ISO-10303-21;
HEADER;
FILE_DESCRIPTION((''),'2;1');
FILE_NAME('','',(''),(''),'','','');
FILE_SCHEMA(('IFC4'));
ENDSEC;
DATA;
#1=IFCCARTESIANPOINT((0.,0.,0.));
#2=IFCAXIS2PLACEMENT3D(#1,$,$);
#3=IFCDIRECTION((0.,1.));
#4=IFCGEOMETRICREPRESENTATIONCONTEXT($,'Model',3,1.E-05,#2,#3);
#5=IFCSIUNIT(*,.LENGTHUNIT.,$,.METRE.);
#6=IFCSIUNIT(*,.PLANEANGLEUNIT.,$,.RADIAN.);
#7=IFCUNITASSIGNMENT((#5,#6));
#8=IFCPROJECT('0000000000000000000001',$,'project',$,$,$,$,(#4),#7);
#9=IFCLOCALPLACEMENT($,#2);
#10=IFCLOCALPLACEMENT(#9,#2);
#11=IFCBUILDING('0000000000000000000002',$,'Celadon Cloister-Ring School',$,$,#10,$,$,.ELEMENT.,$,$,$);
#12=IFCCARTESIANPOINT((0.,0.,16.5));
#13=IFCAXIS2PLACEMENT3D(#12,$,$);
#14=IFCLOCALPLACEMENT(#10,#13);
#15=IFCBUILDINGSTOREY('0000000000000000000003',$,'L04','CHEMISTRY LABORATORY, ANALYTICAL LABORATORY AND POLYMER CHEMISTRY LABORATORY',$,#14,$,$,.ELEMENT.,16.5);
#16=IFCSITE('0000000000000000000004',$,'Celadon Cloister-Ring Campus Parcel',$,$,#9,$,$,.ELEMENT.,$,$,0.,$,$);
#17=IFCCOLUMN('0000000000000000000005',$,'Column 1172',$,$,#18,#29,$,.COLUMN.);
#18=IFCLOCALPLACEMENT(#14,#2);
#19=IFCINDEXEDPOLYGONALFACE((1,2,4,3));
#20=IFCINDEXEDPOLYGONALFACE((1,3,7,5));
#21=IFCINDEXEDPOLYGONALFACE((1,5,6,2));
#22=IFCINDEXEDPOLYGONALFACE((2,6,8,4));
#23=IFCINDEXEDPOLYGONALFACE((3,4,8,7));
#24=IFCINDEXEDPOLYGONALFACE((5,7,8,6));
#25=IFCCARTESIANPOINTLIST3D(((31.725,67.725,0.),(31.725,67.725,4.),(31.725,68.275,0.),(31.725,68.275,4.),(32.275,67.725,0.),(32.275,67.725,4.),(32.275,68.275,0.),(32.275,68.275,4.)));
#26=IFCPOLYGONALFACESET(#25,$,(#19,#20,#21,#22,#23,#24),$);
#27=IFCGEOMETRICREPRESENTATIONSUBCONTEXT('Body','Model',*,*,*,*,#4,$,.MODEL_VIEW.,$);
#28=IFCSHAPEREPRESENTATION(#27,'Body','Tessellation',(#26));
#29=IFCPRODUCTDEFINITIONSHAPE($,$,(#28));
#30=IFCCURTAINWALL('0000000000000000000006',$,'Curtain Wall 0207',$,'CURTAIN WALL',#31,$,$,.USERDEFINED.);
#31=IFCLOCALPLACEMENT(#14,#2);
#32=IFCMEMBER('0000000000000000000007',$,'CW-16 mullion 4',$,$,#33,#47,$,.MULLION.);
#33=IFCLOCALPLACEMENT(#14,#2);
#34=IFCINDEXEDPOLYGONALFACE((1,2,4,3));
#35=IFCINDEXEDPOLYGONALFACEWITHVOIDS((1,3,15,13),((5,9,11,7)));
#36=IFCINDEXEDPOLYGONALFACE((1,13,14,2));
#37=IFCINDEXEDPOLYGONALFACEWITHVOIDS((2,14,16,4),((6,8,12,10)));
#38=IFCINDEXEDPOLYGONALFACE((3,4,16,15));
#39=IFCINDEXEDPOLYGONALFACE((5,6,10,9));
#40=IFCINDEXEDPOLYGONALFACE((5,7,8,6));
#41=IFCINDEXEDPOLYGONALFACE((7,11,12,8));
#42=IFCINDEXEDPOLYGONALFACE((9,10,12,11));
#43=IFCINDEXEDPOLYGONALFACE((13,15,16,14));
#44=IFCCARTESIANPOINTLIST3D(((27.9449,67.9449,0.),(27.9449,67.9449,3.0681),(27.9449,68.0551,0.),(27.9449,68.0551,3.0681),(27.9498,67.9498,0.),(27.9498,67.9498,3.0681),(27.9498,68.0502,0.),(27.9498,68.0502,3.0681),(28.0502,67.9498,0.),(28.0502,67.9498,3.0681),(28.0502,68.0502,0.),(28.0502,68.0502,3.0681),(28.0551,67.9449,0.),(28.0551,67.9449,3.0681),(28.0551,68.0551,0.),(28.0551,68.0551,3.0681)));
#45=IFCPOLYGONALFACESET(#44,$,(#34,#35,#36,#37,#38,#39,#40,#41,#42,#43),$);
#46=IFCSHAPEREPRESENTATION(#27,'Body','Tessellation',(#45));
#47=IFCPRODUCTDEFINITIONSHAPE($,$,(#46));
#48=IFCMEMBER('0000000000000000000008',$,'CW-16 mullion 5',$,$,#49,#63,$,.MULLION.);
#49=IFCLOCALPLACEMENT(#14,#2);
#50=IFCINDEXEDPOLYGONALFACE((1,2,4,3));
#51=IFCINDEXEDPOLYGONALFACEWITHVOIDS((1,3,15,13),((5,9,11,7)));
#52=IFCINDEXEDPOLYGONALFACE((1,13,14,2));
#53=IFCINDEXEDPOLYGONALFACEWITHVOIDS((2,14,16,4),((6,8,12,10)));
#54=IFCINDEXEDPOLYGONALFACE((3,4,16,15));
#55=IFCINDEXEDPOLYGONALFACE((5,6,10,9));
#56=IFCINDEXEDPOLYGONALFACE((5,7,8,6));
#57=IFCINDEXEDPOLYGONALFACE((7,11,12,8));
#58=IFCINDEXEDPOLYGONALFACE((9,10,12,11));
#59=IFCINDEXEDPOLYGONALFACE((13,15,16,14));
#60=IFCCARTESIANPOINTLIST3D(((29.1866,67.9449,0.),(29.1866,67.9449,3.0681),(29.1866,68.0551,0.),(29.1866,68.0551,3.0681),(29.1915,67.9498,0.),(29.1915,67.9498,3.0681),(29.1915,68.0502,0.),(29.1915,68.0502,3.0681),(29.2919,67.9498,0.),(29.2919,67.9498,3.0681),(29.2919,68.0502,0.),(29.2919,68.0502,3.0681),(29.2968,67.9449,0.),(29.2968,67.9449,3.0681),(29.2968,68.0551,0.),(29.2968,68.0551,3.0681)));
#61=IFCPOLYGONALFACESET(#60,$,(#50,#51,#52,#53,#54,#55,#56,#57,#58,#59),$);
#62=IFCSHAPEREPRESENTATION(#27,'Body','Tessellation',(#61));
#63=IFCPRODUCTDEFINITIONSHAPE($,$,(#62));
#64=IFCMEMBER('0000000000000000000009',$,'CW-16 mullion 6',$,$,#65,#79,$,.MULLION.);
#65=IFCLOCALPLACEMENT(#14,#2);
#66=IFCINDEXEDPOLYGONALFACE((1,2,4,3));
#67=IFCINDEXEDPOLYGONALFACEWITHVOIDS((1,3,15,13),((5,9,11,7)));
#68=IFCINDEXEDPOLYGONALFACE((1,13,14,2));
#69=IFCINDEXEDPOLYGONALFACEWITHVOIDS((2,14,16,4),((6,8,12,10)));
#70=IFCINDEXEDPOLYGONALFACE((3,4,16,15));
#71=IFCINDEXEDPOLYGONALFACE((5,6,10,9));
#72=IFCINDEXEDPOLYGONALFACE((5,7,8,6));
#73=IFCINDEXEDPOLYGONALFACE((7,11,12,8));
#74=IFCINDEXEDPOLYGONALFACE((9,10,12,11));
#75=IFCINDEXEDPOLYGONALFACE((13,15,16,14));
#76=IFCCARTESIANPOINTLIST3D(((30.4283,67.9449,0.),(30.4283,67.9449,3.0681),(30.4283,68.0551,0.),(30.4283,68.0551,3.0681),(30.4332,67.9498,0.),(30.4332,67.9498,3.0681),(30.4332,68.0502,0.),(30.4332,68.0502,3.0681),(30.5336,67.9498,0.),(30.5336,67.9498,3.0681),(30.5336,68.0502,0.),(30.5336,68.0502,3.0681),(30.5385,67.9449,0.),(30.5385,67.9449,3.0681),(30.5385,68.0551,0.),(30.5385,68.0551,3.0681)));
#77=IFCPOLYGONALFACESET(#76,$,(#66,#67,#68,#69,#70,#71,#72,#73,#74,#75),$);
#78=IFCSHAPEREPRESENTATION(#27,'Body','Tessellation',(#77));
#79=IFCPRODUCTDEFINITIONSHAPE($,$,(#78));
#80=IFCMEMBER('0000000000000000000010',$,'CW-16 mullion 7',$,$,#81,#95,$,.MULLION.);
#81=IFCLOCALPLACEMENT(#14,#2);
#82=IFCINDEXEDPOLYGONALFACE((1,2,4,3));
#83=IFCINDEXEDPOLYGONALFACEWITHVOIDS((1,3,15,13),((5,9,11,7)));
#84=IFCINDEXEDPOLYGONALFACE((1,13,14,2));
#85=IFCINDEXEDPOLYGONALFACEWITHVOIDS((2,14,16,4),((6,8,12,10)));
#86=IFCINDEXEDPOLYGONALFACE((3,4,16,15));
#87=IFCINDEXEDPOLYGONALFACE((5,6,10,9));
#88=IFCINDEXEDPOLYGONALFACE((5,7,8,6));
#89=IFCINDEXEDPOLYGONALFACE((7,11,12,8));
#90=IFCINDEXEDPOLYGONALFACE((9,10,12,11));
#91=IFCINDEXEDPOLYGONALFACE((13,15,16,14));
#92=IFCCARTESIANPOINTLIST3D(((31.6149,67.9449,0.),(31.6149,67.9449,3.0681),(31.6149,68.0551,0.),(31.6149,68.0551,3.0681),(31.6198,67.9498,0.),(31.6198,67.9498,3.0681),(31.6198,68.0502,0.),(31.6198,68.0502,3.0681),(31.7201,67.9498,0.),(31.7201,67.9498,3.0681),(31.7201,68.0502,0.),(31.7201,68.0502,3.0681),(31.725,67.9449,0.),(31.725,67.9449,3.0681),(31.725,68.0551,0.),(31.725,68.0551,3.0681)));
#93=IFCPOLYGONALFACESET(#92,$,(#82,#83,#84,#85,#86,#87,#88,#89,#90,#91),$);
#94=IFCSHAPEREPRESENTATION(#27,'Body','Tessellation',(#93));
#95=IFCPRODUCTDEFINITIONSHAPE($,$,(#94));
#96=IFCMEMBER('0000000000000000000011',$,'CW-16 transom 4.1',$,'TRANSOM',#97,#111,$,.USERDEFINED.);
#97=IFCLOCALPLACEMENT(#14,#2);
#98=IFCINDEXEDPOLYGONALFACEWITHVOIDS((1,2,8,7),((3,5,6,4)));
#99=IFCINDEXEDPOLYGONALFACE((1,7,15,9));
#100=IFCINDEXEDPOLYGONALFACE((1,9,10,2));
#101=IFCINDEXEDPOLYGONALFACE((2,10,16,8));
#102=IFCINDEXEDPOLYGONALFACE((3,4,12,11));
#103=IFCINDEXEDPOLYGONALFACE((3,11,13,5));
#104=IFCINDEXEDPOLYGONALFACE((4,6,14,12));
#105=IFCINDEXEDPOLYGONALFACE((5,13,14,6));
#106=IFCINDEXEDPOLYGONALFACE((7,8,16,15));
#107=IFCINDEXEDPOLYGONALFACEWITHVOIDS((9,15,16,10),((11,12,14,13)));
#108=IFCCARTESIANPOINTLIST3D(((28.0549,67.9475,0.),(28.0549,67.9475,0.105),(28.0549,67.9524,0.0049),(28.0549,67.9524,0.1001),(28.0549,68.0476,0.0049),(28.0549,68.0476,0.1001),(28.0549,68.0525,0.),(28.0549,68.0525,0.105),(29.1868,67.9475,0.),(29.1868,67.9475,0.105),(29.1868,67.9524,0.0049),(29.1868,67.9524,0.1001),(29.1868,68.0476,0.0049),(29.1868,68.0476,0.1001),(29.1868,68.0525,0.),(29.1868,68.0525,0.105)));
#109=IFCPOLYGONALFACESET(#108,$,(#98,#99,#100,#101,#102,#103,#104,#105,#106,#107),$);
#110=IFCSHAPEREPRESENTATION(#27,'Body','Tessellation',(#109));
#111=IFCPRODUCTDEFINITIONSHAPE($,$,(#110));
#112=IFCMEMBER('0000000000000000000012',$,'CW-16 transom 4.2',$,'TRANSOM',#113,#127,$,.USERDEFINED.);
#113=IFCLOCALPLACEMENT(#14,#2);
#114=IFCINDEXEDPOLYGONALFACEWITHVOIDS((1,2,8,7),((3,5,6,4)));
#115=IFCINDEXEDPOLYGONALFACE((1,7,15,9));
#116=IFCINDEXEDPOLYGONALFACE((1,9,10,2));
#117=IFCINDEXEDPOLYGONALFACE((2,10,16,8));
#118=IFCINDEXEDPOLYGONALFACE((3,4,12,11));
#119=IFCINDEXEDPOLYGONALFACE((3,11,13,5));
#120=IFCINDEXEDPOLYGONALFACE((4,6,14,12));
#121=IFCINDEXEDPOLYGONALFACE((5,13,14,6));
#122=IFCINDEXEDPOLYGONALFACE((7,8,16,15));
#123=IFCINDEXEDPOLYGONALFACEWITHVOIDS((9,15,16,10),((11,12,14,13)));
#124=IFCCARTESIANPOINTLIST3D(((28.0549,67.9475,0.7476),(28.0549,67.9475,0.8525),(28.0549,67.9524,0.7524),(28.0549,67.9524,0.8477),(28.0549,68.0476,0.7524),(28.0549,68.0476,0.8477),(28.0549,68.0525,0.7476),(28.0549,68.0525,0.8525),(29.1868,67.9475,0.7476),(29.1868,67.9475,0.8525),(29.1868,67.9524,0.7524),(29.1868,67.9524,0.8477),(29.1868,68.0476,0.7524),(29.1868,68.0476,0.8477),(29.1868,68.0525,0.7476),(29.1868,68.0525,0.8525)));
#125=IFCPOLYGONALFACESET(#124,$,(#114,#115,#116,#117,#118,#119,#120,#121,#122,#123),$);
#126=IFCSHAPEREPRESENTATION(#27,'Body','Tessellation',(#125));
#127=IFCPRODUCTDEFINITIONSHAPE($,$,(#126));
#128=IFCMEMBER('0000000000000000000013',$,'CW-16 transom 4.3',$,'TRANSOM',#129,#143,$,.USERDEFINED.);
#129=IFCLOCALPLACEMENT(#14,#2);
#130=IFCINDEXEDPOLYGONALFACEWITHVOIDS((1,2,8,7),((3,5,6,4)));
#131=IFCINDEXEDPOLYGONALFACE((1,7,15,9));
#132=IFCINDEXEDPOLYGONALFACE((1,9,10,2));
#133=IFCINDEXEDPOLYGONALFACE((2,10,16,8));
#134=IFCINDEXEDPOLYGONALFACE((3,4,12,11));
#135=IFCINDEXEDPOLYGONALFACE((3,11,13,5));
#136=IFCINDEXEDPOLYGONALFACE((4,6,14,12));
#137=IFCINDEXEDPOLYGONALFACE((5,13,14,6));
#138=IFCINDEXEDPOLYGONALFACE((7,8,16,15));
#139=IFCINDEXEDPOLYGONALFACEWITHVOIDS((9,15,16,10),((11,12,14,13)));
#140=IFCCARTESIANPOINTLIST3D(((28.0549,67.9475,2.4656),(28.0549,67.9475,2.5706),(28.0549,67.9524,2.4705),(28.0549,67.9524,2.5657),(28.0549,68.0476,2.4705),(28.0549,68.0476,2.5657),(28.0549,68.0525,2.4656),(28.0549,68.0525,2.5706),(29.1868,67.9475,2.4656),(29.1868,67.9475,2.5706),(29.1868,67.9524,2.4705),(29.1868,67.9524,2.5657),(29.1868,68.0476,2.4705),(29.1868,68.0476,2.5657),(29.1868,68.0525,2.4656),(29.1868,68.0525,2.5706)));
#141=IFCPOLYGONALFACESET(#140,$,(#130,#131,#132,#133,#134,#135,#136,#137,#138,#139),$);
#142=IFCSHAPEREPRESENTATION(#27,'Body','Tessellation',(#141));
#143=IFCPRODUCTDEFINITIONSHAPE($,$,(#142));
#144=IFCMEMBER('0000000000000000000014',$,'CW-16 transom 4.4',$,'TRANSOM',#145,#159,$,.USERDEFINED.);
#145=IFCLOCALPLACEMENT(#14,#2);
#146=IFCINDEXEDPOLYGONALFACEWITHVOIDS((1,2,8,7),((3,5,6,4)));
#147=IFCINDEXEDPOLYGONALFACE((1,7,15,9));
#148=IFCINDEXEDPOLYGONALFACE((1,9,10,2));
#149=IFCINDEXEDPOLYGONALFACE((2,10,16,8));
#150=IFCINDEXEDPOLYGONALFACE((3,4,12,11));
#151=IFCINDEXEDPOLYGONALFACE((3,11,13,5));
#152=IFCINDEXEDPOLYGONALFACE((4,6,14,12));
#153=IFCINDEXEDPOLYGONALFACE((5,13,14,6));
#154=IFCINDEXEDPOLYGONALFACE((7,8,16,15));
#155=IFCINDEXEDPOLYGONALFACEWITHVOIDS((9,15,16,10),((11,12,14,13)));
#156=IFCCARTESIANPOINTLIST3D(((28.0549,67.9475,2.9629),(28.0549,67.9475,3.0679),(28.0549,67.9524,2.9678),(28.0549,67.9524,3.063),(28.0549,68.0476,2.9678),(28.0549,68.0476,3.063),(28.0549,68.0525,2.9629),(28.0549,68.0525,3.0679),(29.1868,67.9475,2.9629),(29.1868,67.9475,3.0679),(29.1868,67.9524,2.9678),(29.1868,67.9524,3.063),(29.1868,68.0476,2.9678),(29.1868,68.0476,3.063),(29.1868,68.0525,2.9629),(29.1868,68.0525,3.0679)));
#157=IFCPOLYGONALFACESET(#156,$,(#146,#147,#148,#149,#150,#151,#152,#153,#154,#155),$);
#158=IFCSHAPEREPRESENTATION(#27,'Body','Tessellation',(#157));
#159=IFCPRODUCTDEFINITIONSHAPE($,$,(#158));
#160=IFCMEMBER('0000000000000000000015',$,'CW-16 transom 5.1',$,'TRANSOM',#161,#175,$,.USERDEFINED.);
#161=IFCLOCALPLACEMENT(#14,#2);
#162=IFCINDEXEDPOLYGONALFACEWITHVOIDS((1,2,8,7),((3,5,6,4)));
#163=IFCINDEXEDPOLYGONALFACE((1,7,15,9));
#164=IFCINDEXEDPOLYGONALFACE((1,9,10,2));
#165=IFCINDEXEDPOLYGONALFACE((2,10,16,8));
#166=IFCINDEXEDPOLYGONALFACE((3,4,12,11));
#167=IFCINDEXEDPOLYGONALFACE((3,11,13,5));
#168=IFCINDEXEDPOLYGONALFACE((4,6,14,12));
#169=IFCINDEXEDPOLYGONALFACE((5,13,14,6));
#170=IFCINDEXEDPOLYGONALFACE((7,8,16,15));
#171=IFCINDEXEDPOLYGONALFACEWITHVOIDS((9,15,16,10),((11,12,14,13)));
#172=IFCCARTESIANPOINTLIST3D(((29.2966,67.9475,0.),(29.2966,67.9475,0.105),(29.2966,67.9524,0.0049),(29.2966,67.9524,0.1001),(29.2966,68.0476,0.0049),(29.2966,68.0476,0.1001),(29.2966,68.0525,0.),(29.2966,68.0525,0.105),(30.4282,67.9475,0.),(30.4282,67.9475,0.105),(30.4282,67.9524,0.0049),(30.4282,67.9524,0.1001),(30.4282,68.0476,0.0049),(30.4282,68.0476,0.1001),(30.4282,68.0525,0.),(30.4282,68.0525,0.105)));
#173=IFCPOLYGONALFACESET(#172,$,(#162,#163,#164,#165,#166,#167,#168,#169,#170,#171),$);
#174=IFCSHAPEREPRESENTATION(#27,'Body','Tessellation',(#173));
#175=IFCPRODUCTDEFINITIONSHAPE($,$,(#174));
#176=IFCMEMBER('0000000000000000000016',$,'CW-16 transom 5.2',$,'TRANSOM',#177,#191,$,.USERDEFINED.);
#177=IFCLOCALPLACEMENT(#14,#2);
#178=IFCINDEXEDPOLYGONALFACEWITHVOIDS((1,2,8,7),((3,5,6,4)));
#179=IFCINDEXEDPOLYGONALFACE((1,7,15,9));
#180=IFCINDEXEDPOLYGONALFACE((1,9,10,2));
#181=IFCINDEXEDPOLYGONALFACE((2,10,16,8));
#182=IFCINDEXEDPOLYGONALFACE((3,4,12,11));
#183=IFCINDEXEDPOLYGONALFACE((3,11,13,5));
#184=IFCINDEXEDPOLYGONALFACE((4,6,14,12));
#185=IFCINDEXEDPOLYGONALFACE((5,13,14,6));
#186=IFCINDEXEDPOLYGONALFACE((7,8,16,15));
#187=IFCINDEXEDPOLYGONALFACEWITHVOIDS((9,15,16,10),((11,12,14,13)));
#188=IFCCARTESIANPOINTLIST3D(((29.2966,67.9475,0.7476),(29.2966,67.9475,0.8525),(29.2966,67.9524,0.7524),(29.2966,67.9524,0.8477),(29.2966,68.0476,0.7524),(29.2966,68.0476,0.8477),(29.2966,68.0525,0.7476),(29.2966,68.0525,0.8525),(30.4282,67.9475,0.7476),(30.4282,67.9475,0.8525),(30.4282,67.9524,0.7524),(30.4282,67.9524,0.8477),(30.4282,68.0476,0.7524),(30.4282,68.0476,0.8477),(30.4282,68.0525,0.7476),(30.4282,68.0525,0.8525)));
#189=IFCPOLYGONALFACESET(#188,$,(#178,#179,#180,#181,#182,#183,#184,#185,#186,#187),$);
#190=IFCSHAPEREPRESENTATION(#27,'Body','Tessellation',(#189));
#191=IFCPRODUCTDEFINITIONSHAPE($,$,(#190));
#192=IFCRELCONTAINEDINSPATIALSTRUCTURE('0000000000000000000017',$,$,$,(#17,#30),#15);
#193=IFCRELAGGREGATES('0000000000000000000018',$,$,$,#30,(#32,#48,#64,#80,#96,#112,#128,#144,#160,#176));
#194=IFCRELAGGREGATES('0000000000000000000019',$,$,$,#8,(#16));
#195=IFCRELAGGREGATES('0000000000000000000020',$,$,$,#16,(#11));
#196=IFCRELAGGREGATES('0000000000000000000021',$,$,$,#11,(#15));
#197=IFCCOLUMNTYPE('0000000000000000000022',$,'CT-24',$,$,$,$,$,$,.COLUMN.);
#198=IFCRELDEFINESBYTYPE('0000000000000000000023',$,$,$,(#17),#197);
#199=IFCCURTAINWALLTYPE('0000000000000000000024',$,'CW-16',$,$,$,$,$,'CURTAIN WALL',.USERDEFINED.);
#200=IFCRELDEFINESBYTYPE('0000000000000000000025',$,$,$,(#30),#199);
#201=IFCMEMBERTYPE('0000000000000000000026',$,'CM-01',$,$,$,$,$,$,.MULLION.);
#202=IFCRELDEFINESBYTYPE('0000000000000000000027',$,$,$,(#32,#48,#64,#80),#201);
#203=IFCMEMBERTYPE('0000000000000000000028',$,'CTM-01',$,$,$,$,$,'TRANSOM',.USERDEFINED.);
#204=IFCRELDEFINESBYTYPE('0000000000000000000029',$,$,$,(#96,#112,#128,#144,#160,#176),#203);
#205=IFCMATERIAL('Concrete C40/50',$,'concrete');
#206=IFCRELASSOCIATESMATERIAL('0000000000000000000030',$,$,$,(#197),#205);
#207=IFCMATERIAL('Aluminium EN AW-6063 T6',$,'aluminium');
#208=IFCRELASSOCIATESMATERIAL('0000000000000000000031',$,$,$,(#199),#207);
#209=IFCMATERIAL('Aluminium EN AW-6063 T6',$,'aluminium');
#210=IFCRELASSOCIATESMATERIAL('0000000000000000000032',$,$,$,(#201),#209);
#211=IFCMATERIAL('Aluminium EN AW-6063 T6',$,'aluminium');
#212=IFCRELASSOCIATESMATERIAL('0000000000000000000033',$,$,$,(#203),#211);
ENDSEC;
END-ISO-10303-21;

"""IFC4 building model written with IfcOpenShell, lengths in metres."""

from ifc_helpers import new_model, si_unit, direction, frame, origin, origin_2d, place, context, subcontext, project, spatial, rectangle, hollow_rectangle, extrude, material, material_profile, profile_set, type_object, element, aggregate, save


model = new_model("IFC4")

# Units and contexts
model_context = context("Model", 3, precision=1e-05, world=origin(), true_north=direction((0.0, 1.0)))
body_context = subcontext(model_context, "Body", "Model", "MODEL_VIEW")
ifc_project = project(units=[si_unit("LENGTHUNIT", "METRE"), si_unit("PLANEANGLEUNIT", "RADIAN")], contexts=[model_context])

# Site, building, storey
site_placement = place(None, origin())
site = spatial("IfcSite", under=ifc_project, at=site_placement, Name="Celadon Cloister-Ring Campus Parcel", CompositionType="ELEMENT", RefElevation=0.0)
building_placement = place(site_placement, origin())
building = spatial("IfcBuilding", under=site, at=building_placement, Name="Celadon Cloister-Ring School", CompositionType="ELEMENT")
storey_placement = place(building_placement, frame((0.0, 0.0, 16.5)))
storey = spatial("IfcBuildingStorey", under=building, at=storey_placement, Name="L04", Description="CHEMISTRY LABORATORY, ANALYTICAL LABORATORY AND POLYMER CHEMISTRY LABORATORY", CompositionType="ELEMENT", Elevation=16.5)

# Column
ifc_material_1 = material(Name="Concrete C40/50", Category="concrete")
ifc_material_profile_1 = material_profile(ifc_material_1, rectangle(XDim=0.55, YDim=0.55, at=origin_2d()), Name="RC550X550")
ifc_profile_set_1 = profile_set([ifc_material_profile_1], Name="Concrete C40/50")
column_type = type_object("IfcColumnType", Name="CT-24", PredefinedType="COLUMN", material=ifc_profile_set_1)
column_placement = place(storey_placement, frame((32.0, 68.0, 0.0), z_axis=(0.0, 0.0, 1.0), x_axis=(1.0, 0.0, 0.0)))
element("IfcColumn", 1, at=column_placement, inside=storey, type_object=column_type, Name="Column 1172", PredefinedType="COLUMN", context=body_context, shape_type="SweptSolid", body=[
    extrude(rectangle(XDim=0.55, YDim=0.55, at=origin_2d()), origin(), (0.0, 0.0, 1.0), 4.0),
])

# Curtain wall, members
ifc_material_2 = material(Name="Aluminium EN AW-6063 T6", Category="aluminium")
curtain_wall_type = type_object("IfcCurtainWallType", Name="CW-16", ElementType="CURTAIN WALL", PredefinedType="USERDEFINED", material=ifc_material_2)
curtain_wall_placement = place(storey_placement, origin())
curtain_wall = element("IfcCurtainWall", 2, at=curtain_wall_placement, inside=storey, type_object=curtain_wall_type, Name="Curtain Wall 0207", ObjectType="CURTAIN WALL", PredefinedType="USERDEFINED")
ifc_material_3 = material(Name="Aluminium EN AW-6063 T6", Category="aluminium")
ifc_material_profile_2 = material_profile(ifc_material_3, hollow_rectangle(XDim=0.1101, YDim=0.1101, WallThickness=0.0049, at=origin_2d()), Name="RHS110X110X5")
ifc_profile_set_2 = profile_set([ifc_material_profile_2], Name="Aluminium EN AW-6063 T6")
member_type_1 = type_object("IfcMemberType", Name="CM-01", PredefinedType="MULLION", material=ifc_profile_set_2)
member_1_placement = place(storey_placement, frame((28.0, 68.0, 0.0), z_axis=(0.0, 0.0, 1.0), x_axis=(0.0, 1.0, 0.0)))
member_1 = element("IfcMember", 3, at=member_1_placement, type_object=member_type_1, Name="CW-16 mullion 4", PredefinedType="MULLION", context=body_context, shape_type="SweptSolid", body=[
    extrude(hollow_rectangle(XDim=0.1101, YDim=0.1101, WallThickness=0.0049, at=origin_2d()), origin(), (0.0, 0.0, 1.0), 3.0681),
])
member_2_placement = place(storey_placement, frame((29.2417, 68.0, 0.0), z_axis=(0.0, 0.0, 1.0), x_axis=(0.0, 1.0, 0.0)))
member_2 = element("IfcMember", 4, at=member_2_placement, type_object=member_type_1, Name="CW-16 mullion 5", PredefinedType="MULLION", context=body_context, shape_type="SweptSolid", body=[
    extrude(hollow_rectangle(XDim=0.1101, YDim=0.1101, WallThickness=0.0049, at=origin_2d()), origin(), (0.0, 0.0, 1.0), 3.0681),
])
member_3_placement = place(storey_placement, frame((30.4834, 68.0, 0.0), z_axis=(0.0, 0.0, 1.0), x_axis=(0.0, 1.0, 0.0)))
member_3 = element("IfcMember", 5, at=member_3_placement, type_object=member_type_1, Name="CW-16 mullion 6", PredefinedType="MULLION", context=body_context, shape_type="SweptSolid", body=[
    extrude(hollow_rectangle(XDim=0.1101, YDim=0.1101, WallThickness=0.0049, at=origin_2d()), origin(), (0.0, 0.0, 1.0), 3.0681),
])
member_4_placement = place(storey_placement, frame((31.6699, 68.0, 0.0), z_axis=(0.0, 0.0, 1.0), x_axis=(0.0, 1.0, 0.0)))
member_4 = element("IfcMember", 6, at=member_4_placement, type_object=member_type_1, Name="CW-16 mullion 7", PredefinedType="MULLION", context=body_context, shape_type="SweptSolid", body=[
    extrude(hollow_rectangle(XDim=0.1101, YDim=0.1101, WallThickness=0.0049, at=origin_2d()), origin(), (0.0, 0.0, 1.0), 3.0681),
])
ifc_material_4 = material(Name="Aluminium EN AW-6063 T6", Category="aluminium")
ifc_material_profile_3 = material_profile(ifc_material_4, hollow_rectangle(XDim=0.105, YDim=0.105, WallThickness=0.0049, at=origin_2d()), Name="RHS105X105X5")
ifc_profile_set_3 = profile_set([ifc_material_profile_3], Name="Aluminium EN AW-6063 T6")
member_type_2 = type_object("IfcMemberType", Name="CTM-01", ElementType="TRANSOM", PredefinedType="USERDEFINED", material=ifc_profile_set_3)
member_5_placement = place(storey_placement, frame((28.0549, 68.0, 0.0525), z_axis=(1.0, 0.0, 0.0), x_axis=(0.0, 1.0, 0.0)))
member_5 = element("IfcMember", 7, at=member_5_placement, type_object=member_type_2, Name="CW-16 transom 4.1", ObjectType="TRANSOM", PredefinedType="USERDEFINED", context=body_context, shape_type="SweptSolid", body=[
    extrude(hollow_rectangle(XDim=0.105, YDim=0.105, WallThickness=0.0049, at=origin_2d()), origin(), (0.0, 0.0, 1.0), 1.1318),
])
member_6_placement = place(storey_placement, frame((28.0549, 68.0, 0.8), z_axis=(1.0, 0.0, 0.0), x_axis=(0.0, 1.0, 0.0)))
member_6 = element("IfcMember", 8, at=member_6_placement, type_object=member_type_2, Name="CW-16 transom 4.2", ObjectType="TRANSOM", PredefinedType="USERDEFINED", context=body_context, shape_type="SweptSolid", body=[
    extrude(hollow_rectangle(XDim=0.105, YDim=0.105, WallThickness=0.0049, at=origin_2d()), origin(), (0.0, 0.0, 1.0), 1.1318),
])
member_7_placement = place(storey_placement, frame((28.0549, 68.0, 2.5181), z_axis=(1.0, 0.0, 0.0), x_axis=(0.0, 1.0, 0.0)))
member_7 = element("IfcMember", 9, at=member_7_placement, type_object=member_type_2, Name="CW-16 transom 4.3", ObjectType="TRANSOM", PredefinedType="USERDEFINED", context=body_context, shape_type="SweptSolid", body=[
    extrude(hollow_rectangle(XDim=0.105, YDim=0.105, WallThickness=0.0049, at=origin_2d()), origin(), (0.0, 0.0, 1.0), 1.1318),
])
member_8_placement = place(storey_placement, frame((28.0549, 68.0, 3.0154), z_axis=(1.0, 0.0, 0.0), x_axis=(0.0, 1.0, 0.0)))
member_8 = element("IfcMember", 10, at=member_8_placement, type_object=member_type_2, Name="CW-16 transom 4.4", ObjectType="TRANSOM", PredefinedType="USERDEFINED", context=body_context, shape_type="SweptSolid", body=[
    extrude(hollow_rectangle(XDim=0.105, YDim=0.105, WallThickness=0.0049, at=origin_2d()), origin(), (0.0, 0.0, 1.0), 1.1318),
])
member_9_placement = place(storey_placement, frame((29.2966, 68.0, 0.0525), z_axis=(1.0, 0.0, 0.0), x_axis=(0.0, 1.0, 0.0)))
member_9 = element("IfcMember", 11, at=member_9_placement, type_object=member_type_2, Name="CW-16 transom 5.1", ObjectType="TRANSOM", PredefinedType="USERDEFINED", context=body_context, shape_type="SweptSolid", body=[
    extrude(hollow_rectangle(XDim=0.105, YDim=0.105, WallThickness=0.0049, at=origin_2d()), origin(), (0.0, 0.0, 1.0), 1.1316),
])
member_10_placement = place(storey_placement, frame((29.2966, 68.0, 0.8), z_axis=(1.0, 0.0, 0.0), x_axis=(0.0, 1.0, 0.0)))
member_10 = element("IfcMember", 12, at=member_10_placement, type_object=member_type_2, Name="CW-16 transom 5.2", ObjectType="TRANSOM", PredefinedType="USERDEFINED", context=body_context, shape_type="SweptSolid", body=[
    extrude(hollow_rectangle(XDim=0.105, YDim=0.105, WallThickness=0.0049, at=origin_2d()), origin(), (0.0, 0.0, 1.0), 1.1316),
])

aggregate(curtain_wall, [member_1, member_2, member_3, member_4, member_5, member_6, member_7, member_8, member_9, member_10])

save(model, "model.ifc")
